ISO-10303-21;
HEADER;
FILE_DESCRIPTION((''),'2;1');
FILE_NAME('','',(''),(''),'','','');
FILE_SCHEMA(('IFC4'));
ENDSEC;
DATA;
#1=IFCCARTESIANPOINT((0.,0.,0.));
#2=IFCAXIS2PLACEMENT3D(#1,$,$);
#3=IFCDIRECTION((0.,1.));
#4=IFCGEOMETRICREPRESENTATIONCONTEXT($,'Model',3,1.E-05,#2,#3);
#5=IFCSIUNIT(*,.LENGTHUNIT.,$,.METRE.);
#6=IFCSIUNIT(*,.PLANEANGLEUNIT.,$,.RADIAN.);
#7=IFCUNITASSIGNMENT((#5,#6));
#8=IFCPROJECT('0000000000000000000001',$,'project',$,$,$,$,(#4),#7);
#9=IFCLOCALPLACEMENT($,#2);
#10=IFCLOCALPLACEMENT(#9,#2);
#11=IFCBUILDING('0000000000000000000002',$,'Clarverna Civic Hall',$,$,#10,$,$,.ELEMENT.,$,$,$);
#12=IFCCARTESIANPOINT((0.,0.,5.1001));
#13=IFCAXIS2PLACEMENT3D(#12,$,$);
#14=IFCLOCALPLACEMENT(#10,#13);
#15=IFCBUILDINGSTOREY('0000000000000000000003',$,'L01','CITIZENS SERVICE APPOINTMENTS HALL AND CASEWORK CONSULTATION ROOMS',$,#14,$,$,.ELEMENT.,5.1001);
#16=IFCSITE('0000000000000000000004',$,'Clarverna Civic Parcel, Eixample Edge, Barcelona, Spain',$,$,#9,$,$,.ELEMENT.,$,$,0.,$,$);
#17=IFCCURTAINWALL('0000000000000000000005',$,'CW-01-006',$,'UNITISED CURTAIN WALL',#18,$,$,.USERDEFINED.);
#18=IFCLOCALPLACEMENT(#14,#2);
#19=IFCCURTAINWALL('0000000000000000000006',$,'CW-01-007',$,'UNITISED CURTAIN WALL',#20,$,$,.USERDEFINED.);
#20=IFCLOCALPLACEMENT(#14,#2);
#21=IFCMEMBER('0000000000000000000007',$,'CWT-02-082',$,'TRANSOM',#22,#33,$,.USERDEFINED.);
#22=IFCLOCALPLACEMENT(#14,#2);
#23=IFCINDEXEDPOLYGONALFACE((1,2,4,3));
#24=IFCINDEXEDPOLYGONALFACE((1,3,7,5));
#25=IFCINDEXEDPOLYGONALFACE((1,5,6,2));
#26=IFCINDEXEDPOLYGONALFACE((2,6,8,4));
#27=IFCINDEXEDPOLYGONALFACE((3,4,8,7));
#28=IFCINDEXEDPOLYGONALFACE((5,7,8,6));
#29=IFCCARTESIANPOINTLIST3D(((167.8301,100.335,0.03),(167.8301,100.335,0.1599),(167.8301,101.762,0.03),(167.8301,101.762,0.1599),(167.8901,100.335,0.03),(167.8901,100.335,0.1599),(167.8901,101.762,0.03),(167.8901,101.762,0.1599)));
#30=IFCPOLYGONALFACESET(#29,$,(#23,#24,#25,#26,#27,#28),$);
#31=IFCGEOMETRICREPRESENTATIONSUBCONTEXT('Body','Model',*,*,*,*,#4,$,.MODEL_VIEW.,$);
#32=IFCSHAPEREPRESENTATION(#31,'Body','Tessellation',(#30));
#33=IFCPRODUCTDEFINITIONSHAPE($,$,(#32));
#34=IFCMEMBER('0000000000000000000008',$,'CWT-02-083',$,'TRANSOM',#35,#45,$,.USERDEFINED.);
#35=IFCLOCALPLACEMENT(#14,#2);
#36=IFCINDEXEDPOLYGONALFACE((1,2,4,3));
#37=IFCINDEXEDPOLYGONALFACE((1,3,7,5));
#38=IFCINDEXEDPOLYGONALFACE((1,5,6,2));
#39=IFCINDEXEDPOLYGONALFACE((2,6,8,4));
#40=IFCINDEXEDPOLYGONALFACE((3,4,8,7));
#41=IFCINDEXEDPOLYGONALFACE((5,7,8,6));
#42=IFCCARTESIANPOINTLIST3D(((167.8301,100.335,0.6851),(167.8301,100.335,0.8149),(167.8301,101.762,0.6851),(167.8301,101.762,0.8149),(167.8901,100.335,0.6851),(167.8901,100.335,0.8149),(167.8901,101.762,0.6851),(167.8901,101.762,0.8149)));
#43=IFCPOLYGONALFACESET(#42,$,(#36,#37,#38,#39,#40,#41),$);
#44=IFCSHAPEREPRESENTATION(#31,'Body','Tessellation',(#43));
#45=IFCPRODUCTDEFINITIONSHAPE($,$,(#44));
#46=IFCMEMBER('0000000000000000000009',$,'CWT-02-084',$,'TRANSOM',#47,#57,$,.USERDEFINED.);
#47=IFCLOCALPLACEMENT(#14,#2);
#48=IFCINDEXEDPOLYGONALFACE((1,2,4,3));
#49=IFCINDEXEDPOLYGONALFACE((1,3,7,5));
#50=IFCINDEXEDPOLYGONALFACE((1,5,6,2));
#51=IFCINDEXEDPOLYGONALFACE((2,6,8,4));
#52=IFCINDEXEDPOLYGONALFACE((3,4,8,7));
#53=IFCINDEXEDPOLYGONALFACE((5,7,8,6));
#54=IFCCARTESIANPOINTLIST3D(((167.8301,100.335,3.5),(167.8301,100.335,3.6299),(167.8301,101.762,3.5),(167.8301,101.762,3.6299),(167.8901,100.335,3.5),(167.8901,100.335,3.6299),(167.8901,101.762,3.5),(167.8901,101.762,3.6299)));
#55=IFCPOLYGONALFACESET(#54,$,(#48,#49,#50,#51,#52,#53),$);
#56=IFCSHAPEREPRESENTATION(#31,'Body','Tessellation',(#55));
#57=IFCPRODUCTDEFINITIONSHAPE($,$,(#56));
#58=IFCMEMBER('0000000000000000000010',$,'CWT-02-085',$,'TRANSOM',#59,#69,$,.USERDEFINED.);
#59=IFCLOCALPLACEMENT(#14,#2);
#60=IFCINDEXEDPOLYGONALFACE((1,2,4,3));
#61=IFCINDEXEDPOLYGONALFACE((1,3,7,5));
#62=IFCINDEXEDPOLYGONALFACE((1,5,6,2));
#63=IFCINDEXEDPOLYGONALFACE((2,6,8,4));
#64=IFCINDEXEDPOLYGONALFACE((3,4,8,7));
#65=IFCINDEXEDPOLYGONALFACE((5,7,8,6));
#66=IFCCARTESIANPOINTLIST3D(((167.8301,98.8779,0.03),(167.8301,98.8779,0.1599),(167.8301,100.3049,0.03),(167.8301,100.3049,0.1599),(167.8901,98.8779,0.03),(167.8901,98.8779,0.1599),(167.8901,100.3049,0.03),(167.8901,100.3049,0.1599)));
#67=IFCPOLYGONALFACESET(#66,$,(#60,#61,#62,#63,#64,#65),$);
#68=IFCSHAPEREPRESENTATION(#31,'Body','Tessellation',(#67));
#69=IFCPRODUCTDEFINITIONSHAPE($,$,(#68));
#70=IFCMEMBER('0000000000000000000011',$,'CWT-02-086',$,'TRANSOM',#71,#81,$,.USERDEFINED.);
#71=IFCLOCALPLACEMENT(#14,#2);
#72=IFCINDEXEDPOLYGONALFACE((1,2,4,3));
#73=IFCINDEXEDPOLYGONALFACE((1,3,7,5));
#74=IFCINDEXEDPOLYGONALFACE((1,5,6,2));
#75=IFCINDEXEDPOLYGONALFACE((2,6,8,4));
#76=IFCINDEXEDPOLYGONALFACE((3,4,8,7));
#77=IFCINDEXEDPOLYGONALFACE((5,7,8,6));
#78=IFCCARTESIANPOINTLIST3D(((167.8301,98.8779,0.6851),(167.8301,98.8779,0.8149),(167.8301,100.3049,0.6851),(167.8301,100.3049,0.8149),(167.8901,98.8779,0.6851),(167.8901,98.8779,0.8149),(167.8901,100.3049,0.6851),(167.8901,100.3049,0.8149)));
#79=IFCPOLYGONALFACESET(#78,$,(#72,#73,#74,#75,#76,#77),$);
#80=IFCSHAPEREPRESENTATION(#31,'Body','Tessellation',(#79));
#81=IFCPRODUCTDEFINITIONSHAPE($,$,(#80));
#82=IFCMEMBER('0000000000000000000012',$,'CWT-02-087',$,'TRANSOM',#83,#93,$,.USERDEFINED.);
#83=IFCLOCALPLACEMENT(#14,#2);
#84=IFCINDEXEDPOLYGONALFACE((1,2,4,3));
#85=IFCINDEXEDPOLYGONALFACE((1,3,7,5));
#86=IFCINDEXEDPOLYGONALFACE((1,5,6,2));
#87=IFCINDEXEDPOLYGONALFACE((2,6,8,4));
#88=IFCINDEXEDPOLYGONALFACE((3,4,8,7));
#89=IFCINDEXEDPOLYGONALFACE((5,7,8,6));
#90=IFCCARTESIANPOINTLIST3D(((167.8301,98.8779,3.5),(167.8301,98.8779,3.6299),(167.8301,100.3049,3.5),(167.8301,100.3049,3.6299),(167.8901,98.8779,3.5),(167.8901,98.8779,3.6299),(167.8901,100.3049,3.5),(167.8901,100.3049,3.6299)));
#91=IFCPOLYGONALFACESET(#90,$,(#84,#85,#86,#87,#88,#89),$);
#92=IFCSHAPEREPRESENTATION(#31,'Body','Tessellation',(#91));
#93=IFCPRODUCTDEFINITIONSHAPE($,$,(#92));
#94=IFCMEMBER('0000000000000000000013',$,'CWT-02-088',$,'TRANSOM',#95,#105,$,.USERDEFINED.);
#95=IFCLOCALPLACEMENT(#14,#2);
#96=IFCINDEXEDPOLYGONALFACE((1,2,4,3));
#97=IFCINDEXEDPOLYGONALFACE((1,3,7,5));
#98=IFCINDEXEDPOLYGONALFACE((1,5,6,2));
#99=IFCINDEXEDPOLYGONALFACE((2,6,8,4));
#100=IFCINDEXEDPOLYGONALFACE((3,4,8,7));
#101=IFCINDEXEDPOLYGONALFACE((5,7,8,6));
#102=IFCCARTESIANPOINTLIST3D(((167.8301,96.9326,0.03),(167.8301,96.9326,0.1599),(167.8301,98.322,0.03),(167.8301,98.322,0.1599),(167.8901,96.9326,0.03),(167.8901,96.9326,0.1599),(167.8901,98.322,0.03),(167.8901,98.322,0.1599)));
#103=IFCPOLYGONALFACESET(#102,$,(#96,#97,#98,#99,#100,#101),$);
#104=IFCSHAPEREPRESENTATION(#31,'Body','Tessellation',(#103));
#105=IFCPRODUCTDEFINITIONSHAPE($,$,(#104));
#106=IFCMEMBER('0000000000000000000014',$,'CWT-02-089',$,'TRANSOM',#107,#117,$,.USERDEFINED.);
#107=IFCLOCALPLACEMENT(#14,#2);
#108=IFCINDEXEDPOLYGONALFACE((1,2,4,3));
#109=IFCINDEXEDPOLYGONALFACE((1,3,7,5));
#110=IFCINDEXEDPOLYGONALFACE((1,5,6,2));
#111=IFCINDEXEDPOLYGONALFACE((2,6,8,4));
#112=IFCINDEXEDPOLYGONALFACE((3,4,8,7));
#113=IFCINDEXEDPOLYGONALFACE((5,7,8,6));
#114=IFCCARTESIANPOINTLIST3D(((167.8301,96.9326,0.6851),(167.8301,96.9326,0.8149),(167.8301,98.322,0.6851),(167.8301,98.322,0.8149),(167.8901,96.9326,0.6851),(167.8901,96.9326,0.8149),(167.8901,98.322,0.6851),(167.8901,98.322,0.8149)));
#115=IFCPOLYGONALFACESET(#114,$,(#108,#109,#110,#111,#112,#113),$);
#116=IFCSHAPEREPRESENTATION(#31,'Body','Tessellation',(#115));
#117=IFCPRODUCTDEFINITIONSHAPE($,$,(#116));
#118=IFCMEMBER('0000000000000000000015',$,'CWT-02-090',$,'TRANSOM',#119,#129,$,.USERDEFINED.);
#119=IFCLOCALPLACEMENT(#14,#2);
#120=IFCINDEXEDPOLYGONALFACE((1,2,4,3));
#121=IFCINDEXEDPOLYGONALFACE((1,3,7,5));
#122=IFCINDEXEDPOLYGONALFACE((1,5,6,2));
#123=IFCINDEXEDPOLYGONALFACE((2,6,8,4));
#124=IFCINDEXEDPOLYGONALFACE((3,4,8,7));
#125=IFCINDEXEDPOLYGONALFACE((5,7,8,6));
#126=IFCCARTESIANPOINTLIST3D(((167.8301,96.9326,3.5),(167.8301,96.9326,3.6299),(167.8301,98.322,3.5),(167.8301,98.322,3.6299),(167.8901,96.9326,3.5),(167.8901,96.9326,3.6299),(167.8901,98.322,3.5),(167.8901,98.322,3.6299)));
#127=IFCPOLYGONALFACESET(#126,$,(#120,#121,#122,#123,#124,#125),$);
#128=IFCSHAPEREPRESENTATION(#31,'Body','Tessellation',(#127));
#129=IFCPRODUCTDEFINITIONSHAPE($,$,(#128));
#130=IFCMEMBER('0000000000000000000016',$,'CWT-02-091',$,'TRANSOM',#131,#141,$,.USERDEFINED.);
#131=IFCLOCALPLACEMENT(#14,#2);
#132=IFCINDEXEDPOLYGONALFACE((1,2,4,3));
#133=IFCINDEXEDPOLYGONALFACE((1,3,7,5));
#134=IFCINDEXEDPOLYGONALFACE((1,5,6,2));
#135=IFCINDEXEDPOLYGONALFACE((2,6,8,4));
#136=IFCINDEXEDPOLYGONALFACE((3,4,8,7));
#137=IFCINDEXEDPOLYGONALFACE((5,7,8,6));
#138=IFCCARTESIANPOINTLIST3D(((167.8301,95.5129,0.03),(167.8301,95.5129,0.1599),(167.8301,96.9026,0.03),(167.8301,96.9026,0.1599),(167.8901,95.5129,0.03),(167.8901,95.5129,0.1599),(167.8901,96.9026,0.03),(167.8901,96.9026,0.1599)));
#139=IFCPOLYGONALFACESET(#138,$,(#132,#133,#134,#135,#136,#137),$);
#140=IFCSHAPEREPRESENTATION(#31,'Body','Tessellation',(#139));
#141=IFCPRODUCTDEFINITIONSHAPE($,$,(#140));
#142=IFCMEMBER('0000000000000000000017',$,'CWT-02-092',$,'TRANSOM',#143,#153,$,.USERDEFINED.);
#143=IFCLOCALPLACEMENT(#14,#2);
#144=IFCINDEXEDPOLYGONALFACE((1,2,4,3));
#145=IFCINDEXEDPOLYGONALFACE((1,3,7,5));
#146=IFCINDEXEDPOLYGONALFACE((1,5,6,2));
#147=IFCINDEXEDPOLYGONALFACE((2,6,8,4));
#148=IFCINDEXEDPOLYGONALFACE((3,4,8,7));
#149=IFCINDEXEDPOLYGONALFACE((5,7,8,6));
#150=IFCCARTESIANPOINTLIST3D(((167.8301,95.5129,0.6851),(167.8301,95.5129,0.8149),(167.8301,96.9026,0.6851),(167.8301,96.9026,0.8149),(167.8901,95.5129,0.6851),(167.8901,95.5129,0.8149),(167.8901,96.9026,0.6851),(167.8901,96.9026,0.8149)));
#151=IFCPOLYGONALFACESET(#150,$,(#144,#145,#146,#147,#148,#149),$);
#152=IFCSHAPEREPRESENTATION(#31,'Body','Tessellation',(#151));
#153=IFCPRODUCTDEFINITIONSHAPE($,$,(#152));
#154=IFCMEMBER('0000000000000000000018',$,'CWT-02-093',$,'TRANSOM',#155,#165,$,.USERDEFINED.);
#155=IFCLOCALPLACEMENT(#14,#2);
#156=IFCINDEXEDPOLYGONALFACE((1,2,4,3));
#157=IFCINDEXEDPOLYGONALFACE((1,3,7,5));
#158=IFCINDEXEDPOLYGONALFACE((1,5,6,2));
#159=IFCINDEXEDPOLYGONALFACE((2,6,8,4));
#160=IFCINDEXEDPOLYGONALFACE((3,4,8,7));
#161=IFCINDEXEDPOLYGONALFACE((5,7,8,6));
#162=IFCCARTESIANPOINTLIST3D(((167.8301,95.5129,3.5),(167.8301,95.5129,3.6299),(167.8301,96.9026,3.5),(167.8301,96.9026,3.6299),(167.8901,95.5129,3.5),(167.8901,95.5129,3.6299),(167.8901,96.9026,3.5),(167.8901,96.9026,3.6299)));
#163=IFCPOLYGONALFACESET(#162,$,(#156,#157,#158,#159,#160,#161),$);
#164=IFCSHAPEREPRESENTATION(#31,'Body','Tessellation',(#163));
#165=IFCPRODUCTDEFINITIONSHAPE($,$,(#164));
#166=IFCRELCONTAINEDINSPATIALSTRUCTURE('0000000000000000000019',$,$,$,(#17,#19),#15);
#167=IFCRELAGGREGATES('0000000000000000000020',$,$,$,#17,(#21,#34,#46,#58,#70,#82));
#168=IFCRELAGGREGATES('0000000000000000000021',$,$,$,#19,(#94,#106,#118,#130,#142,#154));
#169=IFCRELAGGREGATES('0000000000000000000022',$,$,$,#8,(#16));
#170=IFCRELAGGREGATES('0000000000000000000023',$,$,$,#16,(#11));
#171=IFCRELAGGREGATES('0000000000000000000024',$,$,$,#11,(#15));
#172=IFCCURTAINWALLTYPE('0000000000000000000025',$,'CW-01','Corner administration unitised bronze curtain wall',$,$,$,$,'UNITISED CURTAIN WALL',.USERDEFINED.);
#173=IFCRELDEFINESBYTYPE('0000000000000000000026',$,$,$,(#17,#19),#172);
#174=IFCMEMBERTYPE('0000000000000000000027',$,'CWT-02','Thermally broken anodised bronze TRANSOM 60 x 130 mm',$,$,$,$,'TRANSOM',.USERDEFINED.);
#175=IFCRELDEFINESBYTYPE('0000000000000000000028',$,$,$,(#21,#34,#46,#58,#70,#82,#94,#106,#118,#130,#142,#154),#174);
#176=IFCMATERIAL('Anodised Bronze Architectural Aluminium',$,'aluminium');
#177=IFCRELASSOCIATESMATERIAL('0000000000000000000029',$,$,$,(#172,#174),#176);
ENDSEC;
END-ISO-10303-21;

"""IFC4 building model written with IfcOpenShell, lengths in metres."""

from ifc_helpers import new_model, si_unit, direction, frame, origin, origin_2d, place, context, subcontext, project, spatial, rectangle, extrude, material, material_profile, profile_set, type_object, element, aggregate, save


model = new_model("IFC4")

# Units and contexts
model_context = context("Model", 3, precision=1e-05, world=origin(), true_north=direction((0.0, 1.0)))
body_context = subcontext(model_context, "Body", "Model", "MODEL_VIEW")
ifc_project = project(units=[si_unit("LENGTHUNIT", "METRE"), si_unit("PLANEANGLEUNIT", "RADIAN")], contexts=[model_context])

# Site, building, storey
site_placement = place(None, origin())
site = spatial("IfcSite", under=ifc_project, at=site_placement, Name="Clarverna Civic Parcel, Eixample Edge, Barcelona, Spain", CompositionType="ELEMENT", RefElevation=0.0)
building_placement = place(site_placement, origin())
building = spatial("IfcBuilding", under=site, at=building_placement, Name="Clarverna Civic Hall", CompositionType="ELEMENT")
storey_placement = place(building_placement, frame((0.0, 0.0, 5.1001)))
storey = spatial("IfcBuildingStorey", under=building, at=storey_placement, Name="L01", Description="CITIZENS SERVICE APPOINTMENTS HALL AND CASEWORK CONSULTATION ROOMS", CompositionType="ELEMENT", Elevation=5.1001)

# Curtain walls
ifc_material_1 = material(Name="Anodised Bronze Architectural Aluminium", Category="aluminium")
curtain_wall_type = type_object("IfcCurtainWallType", Name="CW-01", Description="Corner administration unitised bronze curtain wall", ElementType="UNITISED CURTAIN WALL", PredefinedType="USERDEFINED", material=ifc_material_1)
curtain_wall_1_placement = place(storey_placement, origin())
curtain_wall_1 = element("IfcCurtainWall", 1, at=curtain_wall_1_placement, inside=storey, type_object=curtain_wall_type, Name="CW-01-006", ObjectType="UNITISED CURTAIN WALL", PredefinedType="USERDEFINED")
curtain_wall_2_placement = place(storey_placement, origin())
curtain_wall_2 = element("IfcCurtainWall", 2, at=curtain_wall_2_placement, inside=storey, type_object=curtain_wall_type, Name="CW-01-007", ObjectType="UNITISED CURTAIN WALL", PredefinedType="USERDEFINED")

# Members
ifc_material_profile_1 = material_profile(ifc_material_1, rectangle(XDim=0.0601, YDim=0.1299, at=origin_2d()), Name="BRONZE 60x130")
ifc_profile_set_1 = profile_set([ifc_material_profile_1], Name="Anodised Bronze Architectural Aluminium")
member_type_1 = type_object("IfcMemberType", Name="CWT-02", Description="Thermally broken anodised bronze TRANSOM 60 x 130 mm", ElementType="TRANSOM", PredefinedType="USERDEFINED", material=ifc_profile_set_1)
member_1_placement = place(storey_placement, frame((167.8601, 101.762, 0.095), z_axis=(0.0, -1.0, 0.0), x_axis=(1.0, 0.0, 0.0)))
member_1 = element("IfcMember", 3, at=member_1_placement, type_object=member_type_1, Name="CWT-02-082", ObjectType="TRANSOM", PredefinedType="USERDEFINED", context=body_context, shape_type="SweptSolid", body=[
    extrude(rectangle(XDim=0.0601, YDim=0.1299, at=origin_2d()), origin(), (0.0, 0.0, 1.0), 1.427),
])
member_2_placement = place(storey_placement, frame((167.8601, 101.762, 0.75), z_axis=(0.0, -1.0, 0.0), x_axis=(1.0, 0.0, 0.0)))
member_2 = element("IfcMember", 4, at=member_2_placement, type_object=member_type_1, Name="CWT-02-083", ObjectType="TRANSOM", PredefinedType="USERDEFINED", context=body_context, shape_type="SweptSolid", body=[
    extrude(rectangle(XDim=0.0601, YDim=0.1299, at=origin_2d()), origin(), (0.0, 0.0, 1.0), 1.427),
])
member_3_placement = place(storey_placement, frame((167.8601, 101.762, 3.5649), z_axis=(0.0, -1.0, 0.0), x_axis=(1.0, 0.0, 0.0)))
member_3 = element("IfcMember", 5, at=member_3_placement, type_object=member_type_1, Name="CWT-02-084", ObjectType="TRANSOM", PredefinedType="USERDEFINED", context=body_context, shape_type="SweptSolid", body=[
    extrude(rectangle(XDim=0.0601, YDim=0.1299, at=origin_2d()), origin(), (0.0, 0.0, 1.0), 1.427),
])
member_4_placement = place(storey_placement, frame((167.8601, 100.3049, 0.095), z_axis=(0.0, -1.0, 0.0), x_axis=(1.0, 0.0, 0.0)))
member_4 = element("IfcMember", 6, at=member_4_placement, type_object=member_type_1, Name="CWT-02-085", ObjectType="TRANSOM", PredefinedType="USERDEFINED", context=body_context, shape_type="SweptSolid", body=[
    extrude(rectangle(XDim=0.0601, YDim=0.1299, at=origin_2d()), origin(), (0.0, 0.0, 1.0), 1.427),
])
member_5_placement = place(storey_placement, frame((167.8601, 100.3049, 0.75), z_axis=(0.0, -1.0, 0.0), x_axis=(1.0, 0.0, 0.0)))
member_5 = element("IfcMember", 7, at=member_5_placement, type_object=member_type_1, Name="CWT-02-086", ObjectType="TRANSOM", PredefinedType="USERDEFINED", context=body_context, shape_type="SweptSolid", body=[
    extrude(rectangle(XDim=0.0601, YDim=0.1299, at=origin_2d()), origin(), (0.0, 0.0, 1.0), 1.427),
])
member_6_placement = place(storey_placement, frame((167.8601, 100.3049, 3.5649), z_axis=(0.0, -1.0, 0.0), x_axis=(1.0, 0.0, 0.0)))
member_6 = element("IfcMember", 8, at=member_6_placement, type_object=member_type_1, Name="CWT-02-087", ObjectType="TRANSOM", PredefinedType="USERDEFINED", context=body_context, shape_type="SweptSolid", body=[
    extrude(rectangle(XDim=0.0601, YDim=0.1299, at=origin_2d()), origin(), (0.0, 0.0, 1.0), 1.427),
])
member_7_placement = place(storey_placement, frame((167.8601, 98.322, 0.095), z_axis=(0.0, -1.0, 0.0), x_axis=(1.0, 0.0, 0.0)))
member_7 = element("IfcMember", 9, at=member_7_placement, type_object=member_type_1, Name="CWT-02-088", ObjectType="TRANSOM", PredefinedType="USERDEFINED", context=body_context, shape_type="SweptSolid", body=[
    extrude(rectangle(XDim=0.0601, YDim=0.1299, at=origin_2d()), origin(), (0.0, 0.0, 1.0), 1.3894),
])
member_8_placement = place(storey_placement, frame((167.8601, 98.322, 0.75), z_axis=(0.0, -1.0, 0.0), x_axis=(1.0, 0.0, 0.0)))
member_8 = element("IfcMember", 10, at=member_8_placement, type_object=member_type_1, Name="CWT-02-089", ObjectType="TRANSOM", PredefinedType="USERDEFINED", context=body_context, shape_type="SweptSolid", body=[
    extrude(rectangle(XDim=0.0601, YDim=0.1299, at=origin_2d()), origin(), (0.0, 0.0, 1.0), 1.3894),
])
member_9_placement = place(storey_placement, frame((167.8601, 98.322, 3.5649), z_axis=(0.0, -1.0, 0.0), x_axis=(1.0, 0.0, 0.0)))
member_9 = element("IfcMember", 11, at=member_9_placement, type_object=member_type_1, Name="CWT-02-090", ObjectType="TRANSOM", PredefinedType="USERDEFINED", context=body_context, shape_type="SweptSolid", body=[
    extrude(rectangle(XDim=0.0601, YDim=0.1299, at=origin_2d()), origin(), (0.0, 0.0, 1.0), 1.3894),
])
member_10_placement = place(storey_placement, frame((167.8601, 96.9026, 0.095), z_axis=(0.0, -1.0, 0.0), x_axis=(1.0, 0.0, 0.0)))
member_10 = element("IfcMember", 12, at=member_10_placement, type_object=member_type_1, Name="CWT-02-091", ObjectType="TRANSOM", PredefinedType="USERDEFINED", context=body_context, shape_type="SweptSolid", body=[
    extrude(rectangle(XDim=0.0601, YDim=0.1299, at=origin_2d()), origin(), (0.0, 0.0, 1.0), 1.3896),
])
member_11_placement = place(storey_placement, frame((167.8601, 96.9026, 0.75), z_axis=(0.0, -1.0, 0.0), x_axis=(1.0, 0.0, 0.0)))
member_11 = element("IfcMember", 13, at=member_11_placement, type_object=member_type_1, Name="CWT-02-092", ObjectType="TRANSOM", PredefinedType="USERDEFINED", context=body_context, shape_type="SweptSolid", body=[
    extrude(rectangle(XDim=0.0601, YDim=0.1299, at=origin_2d()), origin(), (0.0, 0.0, 1.0), 1.3896),
])
member_12_placement = place(storey_placement, frame((167.8601, 96.9026, 3.5649), z_axis=(0.0, -1.0, 0.0), x_axis=(1.0, 0.0, 0.0)))
member_12 = element("IfcMember", 14, at=member_12_placement, type_object=member_type_1, Name="CWT-02-093", ObjectType="TRANSOM", PredefinedType="USERDEFINED", context=body_context, shape_type="SweptSolid", body=[
    extrude(rectangle(XDim=0.0601, YDim=0.1299, at=origin_2d()), origin(), (0.0, 0.0, 1.0), 1.3896),
])

aggregate(curtain_wall_1, [member_1, member_2, member_3, member_4, member_5, member_6])
aggregate(curtain_wall_2, [member_7, member_8, member_9, member_10, member_11, member_12])

save(model, "model.ifc")
